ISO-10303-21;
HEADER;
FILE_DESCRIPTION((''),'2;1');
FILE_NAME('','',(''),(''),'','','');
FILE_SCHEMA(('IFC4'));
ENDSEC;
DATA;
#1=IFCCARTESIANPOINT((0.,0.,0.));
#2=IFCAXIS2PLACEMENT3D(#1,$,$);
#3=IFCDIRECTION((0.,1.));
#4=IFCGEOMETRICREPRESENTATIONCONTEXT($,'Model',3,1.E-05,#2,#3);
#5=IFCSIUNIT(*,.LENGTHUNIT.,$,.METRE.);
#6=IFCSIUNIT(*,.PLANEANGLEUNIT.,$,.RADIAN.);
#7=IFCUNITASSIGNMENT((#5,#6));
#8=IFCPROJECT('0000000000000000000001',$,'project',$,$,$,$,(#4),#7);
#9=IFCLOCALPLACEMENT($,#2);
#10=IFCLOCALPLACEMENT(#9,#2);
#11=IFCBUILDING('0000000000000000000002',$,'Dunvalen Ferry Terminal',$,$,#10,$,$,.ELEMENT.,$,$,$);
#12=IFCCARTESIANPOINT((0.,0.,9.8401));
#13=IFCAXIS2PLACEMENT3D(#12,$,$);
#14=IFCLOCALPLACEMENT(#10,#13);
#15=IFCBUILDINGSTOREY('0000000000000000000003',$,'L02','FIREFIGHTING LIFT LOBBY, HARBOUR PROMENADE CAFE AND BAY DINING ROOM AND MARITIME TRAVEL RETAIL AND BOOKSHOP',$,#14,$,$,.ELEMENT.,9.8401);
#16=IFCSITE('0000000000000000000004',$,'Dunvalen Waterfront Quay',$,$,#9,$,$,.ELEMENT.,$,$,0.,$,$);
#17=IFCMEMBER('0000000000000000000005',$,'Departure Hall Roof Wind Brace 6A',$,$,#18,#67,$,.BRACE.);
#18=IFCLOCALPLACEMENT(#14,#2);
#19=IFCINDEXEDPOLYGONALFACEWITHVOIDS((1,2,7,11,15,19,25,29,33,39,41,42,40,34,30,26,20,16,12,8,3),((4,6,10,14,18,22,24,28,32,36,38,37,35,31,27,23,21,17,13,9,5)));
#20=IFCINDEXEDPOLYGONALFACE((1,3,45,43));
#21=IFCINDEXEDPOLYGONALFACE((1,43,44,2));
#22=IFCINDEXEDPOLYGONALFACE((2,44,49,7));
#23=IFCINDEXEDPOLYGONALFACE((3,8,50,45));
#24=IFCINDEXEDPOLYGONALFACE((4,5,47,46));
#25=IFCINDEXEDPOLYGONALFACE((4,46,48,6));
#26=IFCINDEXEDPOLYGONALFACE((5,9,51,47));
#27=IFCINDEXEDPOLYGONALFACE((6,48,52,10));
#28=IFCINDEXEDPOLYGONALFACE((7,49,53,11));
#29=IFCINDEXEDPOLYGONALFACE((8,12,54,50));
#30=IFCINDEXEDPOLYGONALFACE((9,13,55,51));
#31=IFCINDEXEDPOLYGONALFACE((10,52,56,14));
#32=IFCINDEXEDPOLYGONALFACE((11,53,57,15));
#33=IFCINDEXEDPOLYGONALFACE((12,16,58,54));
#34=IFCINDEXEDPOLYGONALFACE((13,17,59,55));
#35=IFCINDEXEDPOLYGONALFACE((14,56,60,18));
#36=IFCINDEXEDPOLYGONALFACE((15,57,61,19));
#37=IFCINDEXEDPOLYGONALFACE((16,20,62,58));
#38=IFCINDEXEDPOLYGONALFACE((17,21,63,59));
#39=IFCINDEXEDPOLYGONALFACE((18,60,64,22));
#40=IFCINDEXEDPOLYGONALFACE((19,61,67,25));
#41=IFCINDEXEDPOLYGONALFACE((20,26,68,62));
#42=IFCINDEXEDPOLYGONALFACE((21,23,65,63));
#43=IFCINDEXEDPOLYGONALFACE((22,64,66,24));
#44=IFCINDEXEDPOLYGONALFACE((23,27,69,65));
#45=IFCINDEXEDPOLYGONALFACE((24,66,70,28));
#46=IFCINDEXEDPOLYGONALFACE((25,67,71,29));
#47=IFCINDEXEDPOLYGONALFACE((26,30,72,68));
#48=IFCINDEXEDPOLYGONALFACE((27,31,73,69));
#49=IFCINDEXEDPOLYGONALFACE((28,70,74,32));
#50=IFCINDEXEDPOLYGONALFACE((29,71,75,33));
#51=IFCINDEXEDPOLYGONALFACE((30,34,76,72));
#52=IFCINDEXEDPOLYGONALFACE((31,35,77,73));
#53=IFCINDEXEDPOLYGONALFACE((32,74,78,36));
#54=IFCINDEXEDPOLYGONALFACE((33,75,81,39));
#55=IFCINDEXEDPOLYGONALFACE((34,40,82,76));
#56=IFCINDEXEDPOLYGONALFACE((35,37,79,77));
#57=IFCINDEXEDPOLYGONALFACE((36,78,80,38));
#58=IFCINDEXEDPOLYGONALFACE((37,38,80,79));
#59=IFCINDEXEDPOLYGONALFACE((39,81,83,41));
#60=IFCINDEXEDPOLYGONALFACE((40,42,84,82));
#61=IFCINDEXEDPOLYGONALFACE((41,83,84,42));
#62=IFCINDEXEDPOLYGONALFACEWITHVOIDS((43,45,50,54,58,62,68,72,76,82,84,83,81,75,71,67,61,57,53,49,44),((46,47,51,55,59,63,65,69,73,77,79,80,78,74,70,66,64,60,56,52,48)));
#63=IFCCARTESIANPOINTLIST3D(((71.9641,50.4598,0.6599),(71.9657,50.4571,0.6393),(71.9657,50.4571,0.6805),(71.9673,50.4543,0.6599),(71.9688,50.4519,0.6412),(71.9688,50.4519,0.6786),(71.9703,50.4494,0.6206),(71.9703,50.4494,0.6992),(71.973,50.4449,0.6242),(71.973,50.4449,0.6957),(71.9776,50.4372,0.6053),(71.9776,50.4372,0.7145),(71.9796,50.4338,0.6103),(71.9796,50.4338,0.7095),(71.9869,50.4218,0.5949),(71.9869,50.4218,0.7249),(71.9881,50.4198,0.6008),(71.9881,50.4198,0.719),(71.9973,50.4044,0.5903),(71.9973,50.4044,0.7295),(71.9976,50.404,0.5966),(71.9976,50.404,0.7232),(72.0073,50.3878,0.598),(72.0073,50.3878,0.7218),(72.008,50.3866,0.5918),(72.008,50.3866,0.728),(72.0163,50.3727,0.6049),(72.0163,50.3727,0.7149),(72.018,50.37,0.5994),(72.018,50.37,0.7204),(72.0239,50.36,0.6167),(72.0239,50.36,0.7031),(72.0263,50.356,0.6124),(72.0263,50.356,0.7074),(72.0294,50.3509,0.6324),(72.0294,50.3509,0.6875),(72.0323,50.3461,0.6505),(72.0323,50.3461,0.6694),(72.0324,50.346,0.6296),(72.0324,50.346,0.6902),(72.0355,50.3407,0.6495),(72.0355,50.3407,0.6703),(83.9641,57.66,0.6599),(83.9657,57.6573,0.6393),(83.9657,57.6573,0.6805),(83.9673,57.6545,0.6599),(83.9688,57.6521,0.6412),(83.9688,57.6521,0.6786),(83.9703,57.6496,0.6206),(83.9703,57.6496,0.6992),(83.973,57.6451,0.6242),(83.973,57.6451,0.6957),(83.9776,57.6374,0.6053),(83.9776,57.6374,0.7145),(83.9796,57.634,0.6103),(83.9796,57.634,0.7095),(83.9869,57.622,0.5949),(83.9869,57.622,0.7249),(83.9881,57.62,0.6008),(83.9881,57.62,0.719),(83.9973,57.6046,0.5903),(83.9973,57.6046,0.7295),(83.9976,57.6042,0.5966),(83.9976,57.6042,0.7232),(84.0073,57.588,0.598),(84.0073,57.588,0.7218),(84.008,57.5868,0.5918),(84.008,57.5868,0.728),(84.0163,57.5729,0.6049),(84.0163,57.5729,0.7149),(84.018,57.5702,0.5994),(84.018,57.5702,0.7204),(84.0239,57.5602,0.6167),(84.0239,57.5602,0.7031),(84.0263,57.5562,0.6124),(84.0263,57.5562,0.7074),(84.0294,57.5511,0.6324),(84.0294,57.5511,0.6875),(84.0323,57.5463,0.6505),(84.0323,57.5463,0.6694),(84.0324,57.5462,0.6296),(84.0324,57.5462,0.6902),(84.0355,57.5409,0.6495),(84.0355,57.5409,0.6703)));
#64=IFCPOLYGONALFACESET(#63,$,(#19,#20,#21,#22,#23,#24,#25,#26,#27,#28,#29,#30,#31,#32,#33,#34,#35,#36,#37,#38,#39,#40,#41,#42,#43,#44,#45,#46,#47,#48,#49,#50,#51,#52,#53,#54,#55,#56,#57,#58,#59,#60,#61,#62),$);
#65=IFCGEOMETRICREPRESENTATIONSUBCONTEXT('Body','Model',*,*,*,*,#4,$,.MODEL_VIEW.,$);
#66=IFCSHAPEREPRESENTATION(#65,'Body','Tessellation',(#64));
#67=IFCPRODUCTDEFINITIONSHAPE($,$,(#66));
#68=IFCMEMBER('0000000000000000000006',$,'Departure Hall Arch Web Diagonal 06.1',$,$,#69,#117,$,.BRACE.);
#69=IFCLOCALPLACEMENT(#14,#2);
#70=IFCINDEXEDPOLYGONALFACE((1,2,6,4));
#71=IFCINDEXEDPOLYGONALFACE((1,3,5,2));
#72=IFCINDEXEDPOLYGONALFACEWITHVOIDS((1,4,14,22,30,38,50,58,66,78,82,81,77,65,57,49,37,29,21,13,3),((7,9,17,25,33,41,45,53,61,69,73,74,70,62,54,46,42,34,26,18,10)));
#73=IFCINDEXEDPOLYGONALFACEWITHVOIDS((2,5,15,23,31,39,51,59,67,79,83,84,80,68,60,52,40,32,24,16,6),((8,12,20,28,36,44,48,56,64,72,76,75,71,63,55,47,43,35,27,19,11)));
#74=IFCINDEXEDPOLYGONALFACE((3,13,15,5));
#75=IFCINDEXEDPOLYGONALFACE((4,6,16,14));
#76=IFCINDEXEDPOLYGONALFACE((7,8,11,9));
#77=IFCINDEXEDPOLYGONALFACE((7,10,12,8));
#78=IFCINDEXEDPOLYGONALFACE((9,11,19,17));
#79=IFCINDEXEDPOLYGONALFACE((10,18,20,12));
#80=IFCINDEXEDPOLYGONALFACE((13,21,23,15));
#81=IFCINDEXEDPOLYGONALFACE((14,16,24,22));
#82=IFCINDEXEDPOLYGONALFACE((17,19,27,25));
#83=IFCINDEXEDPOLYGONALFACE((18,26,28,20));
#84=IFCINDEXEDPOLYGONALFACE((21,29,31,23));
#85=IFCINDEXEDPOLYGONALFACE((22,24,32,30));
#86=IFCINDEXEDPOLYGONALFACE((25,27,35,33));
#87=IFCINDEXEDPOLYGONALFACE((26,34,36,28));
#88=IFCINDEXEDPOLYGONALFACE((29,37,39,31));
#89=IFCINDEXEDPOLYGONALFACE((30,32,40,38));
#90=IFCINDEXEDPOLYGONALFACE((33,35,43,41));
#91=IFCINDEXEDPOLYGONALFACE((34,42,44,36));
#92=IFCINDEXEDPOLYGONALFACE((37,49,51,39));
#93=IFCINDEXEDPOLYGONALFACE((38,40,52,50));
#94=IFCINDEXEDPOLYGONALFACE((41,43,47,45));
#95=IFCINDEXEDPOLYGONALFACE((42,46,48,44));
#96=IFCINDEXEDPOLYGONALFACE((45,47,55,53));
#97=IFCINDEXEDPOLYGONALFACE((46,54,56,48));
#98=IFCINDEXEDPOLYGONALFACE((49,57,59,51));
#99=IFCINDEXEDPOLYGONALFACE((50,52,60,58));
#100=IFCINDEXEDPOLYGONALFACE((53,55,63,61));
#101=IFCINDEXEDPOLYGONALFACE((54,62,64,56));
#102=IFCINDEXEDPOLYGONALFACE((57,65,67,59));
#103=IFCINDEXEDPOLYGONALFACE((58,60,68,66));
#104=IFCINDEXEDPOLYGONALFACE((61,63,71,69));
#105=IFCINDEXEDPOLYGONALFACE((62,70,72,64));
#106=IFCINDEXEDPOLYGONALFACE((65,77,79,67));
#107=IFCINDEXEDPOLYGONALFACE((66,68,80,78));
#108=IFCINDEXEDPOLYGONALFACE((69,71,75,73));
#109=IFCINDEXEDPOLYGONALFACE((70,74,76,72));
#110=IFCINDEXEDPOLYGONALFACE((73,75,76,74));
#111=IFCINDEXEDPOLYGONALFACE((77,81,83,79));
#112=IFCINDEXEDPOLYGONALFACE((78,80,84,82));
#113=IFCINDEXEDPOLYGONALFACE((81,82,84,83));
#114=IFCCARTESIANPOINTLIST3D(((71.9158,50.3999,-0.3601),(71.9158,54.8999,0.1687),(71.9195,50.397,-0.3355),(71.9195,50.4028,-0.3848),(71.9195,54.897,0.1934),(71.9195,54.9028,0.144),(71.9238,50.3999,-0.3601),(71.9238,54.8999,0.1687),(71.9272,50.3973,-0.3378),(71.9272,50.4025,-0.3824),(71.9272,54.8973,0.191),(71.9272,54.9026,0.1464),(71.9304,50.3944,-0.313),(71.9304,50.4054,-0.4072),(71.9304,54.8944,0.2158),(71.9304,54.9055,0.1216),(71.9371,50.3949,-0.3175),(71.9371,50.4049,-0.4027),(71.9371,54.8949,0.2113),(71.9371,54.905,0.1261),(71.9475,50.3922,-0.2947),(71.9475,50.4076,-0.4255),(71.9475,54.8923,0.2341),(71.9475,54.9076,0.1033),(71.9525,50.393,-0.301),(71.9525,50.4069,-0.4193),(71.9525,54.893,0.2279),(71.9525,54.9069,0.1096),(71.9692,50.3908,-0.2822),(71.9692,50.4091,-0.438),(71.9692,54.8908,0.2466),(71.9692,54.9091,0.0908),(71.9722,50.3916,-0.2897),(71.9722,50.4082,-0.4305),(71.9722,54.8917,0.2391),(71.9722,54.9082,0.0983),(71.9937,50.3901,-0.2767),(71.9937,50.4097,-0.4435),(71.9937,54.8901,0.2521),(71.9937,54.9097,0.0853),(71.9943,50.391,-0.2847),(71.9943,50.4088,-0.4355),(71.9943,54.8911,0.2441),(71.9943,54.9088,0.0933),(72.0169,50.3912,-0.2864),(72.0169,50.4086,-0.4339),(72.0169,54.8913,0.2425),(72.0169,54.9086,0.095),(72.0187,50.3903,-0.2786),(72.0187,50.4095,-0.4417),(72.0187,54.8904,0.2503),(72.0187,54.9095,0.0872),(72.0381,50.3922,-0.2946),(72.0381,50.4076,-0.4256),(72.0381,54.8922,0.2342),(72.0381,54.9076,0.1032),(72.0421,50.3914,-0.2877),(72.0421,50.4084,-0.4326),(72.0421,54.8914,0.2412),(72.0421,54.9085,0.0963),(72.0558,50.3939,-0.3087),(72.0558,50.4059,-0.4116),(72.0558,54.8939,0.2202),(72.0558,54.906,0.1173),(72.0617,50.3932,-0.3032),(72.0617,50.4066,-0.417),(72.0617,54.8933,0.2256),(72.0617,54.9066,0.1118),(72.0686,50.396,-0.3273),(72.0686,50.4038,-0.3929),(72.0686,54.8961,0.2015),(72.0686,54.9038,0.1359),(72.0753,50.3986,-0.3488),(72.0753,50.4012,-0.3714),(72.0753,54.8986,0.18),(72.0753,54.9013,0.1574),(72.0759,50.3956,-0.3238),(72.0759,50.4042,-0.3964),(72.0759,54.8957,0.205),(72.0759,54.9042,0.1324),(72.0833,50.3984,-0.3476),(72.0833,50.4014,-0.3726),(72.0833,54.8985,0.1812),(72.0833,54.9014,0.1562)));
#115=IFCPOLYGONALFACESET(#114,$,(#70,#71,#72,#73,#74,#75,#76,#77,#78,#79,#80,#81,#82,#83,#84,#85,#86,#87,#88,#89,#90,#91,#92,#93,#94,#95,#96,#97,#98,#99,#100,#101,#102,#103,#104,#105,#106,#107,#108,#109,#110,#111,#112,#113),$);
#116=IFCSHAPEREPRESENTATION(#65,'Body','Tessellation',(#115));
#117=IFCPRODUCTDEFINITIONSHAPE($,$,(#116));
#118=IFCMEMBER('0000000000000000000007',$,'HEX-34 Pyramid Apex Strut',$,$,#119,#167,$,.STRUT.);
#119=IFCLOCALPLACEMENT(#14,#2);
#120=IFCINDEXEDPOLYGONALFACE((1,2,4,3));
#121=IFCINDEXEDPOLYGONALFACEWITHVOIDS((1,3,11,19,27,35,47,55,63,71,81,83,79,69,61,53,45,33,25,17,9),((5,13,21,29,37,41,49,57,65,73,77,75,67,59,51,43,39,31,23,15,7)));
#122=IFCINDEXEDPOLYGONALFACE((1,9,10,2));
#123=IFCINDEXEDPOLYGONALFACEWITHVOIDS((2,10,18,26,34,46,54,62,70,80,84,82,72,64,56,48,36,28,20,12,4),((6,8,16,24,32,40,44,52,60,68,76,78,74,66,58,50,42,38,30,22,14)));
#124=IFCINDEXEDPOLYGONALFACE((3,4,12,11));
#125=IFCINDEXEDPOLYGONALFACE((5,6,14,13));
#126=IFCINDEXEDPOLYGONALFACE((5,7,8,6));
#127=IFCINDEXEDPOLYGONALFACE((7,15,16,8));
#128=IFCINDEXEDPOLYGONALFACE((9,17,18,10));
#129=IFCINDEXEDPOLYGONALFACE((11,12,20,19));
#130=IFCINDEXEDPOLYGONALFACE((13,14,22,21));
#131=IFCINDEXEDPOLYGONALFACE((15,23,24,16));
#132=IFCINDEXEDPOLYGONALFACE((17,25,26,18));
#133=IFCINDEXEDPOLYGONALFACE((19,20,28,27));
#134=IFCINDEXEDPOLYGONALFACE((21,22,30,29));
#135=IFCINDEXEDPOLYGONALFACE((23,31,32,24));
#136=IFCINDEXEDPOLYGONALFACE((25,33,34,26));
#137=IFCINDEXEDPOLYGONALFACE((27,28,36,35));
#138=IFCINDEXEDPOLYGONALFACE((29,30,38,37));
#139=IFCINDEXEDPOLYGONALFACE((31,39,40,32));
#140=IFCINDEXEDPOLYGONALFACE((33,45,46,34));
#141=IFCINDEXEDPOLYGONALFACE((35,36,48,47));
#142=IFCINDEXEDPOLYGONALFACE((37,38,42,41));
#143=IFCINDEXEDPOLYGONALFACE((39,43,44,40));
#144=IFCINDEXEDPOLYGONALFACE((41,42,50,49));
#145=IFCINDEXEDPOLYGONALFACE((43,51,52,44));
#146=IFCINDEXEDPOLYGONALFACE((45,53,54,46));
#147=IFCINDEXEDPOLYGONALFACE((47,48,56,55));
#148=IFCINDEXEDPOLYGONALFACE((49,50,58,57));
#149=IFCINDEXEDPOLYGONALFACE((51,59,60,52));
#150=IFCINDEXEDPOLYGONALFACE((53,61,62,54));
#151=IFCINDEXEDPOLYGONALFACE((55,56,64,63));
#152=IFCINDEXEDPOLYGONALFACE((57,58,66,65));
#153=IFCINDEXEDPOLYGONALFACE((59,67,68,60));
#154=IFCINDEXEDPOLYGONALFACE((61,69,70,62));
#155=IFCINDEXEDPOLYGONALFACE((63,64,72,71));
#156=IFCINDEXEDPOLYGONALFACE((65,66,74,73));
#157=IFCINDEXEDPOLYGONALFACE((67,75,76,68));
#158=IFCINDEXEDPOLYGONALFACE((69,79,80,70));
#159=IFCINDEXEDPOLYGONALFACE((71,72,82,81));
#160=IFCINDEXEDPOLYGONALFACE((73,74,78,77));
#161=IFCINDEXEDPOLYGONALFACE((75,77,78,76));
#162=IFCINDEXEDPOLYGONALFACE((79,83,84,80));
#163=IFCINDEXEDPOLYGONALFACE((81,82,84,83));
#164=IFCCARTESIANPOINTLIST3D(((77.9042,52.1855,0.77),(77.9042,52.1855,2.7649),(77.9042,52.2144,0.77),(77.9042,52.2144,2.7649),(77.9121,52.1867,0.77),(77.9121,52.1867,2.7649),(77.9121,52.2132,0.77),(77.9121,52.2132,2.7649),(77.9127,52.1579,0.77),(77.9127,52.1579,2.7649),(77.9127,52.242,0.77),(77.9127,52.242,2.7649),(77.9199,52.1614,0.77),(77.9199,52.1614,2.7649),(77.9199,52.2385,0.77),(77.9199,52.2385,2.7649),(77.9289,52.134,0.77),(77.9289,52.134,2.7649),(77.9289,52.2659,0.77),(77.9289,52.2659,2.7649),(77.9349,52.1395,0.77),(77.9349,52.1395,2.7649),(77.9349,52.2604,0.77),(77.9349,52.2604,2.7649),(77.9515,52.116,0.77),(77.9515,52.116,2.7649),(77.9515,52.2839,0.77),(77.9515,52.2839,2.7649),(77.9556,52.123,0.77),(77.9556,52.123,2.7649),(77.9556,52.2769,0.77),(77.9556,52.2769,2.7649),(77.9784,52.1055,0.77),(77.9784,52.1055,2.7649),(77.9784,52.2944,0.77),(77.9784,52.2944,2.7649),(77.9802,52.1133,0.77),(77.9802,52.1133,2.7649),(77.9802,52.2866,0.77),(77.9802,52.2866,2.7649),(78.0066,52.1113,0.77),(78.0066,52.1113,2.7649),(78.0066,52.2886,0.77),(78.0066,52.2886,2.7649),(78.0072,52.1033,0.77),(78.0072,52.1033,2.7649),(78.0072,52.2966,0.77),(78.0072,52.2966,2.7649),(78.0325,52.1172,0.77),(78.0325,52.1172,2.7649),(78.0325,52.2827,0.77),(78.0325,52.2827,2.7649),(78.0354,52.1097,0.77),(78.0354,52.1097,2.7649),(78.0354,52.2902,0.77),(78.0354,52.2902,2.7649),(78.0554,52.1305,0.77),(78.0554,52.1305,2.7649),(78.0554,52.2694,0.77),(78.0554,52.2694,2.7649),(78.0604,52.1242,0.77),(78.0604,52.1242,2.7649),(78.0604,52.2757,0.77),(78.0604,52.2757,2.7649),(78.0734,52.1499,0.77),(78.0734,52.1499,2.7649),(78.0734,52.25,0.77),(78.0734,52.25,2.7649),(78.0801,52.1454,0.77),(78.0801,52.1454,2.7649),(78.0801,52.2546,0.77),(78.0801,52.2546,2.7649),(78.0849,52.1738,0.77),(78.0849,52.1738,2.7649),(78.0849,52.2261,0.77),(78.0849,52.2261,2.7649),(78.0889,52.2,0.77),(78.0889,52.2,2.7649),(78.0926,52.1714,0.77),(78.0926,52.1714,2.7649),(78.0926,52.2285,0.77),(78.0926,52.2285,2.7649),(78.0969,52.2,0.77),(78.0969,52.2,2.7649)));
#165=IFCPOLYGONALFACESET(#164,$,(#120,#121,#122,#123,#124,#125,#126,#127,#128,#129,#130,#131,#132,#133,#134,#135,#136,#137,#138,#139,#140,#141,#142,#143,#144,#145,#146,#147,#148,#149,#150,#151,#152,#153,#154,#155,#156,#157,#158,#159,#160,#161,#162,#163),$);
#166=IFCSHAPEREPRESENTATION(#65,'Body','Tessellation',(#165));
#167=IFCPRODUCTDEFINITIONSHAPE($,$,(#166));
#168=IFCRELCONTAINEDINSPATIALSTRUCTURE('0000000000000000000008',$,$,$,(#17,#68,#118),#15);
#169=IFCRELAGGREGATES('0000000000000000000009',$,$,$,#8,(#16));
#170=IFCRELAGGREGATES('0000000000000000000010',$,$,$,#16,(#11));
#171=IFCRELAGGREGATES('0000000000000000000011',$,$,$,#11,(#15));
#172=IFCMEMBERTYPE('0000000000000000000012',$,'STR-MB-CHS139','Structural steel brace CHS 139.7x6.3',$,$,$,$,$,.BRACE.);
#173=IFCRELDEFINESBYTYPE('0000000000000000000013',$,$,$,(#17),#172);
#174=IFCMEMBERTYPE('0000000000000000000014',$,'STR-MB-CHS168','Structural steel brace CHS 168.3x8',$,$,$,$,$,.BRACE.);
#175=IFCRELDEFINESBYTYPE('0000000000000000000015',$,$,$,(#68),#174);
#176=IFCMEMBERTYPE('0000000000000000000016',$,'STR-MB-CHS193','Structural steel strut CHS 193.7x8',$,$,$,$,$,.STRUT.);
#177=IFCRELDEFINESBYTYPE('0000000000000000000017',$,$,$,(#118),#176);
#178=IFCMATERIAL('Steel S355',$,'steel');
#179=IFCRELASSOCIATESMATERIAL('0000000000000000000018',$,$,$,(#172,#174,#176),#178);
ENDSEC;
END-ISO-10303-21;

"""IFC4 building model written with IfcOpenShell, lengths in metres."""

from ifc_helpers import new_model, si_unit, direction, frame, origin, origin_2d, place, context, subcontext, project, spatial, hollow_circle, extrude, material, material_profile, profile_set, type_object, element, save


model = new_model("IFC4")

# Units and contexts
model_context = context("Model", 3, precision=1e-05, world=origin(), true_north=direction((0.0, 1.0)))
body_context = subcontext(model_context, "Body", "Model", "MODEL_VIEW")
ifc_project = project(units=[si_unit("LENGTHUNIT", "METRE"), si_unit("PLANEANGLEUNIT", "RADIAN")], contexts=[model_context])

# Site, building, storey
site_placement = place(None, origin())
site = spatial("IfcSite", under=ifc_project, at=site_placement, Name="Dunvalen Waterfront Quay", CompositionType="ELEMENT", RefElevation=0.0)
building_placement = place(site_placement, origin())
building = spatial("IfcBuilding", under=site, at=building_placement, Name="Dunvalen Ferry Terminal", CompositionType="ELEMENT")
storey_placement = place(building_placement, frame((0.0, 0.0, 9.8401)))
storey = spatial("IfcBuildingStorey", under=building, at=storey_placement, Name="L02", Description="FIREFIGHTING LIFT LOBBY, HARBOUR PROMENADE CAFE AND BAY DINING ROOM AND MARITIME TRAVEL RETAIL AND BOOKSHOP", CompositionType="ELEMENT", Elevation=9.8401)

# Shared definitions
ifc_material_1 = material(Name="Steel S355", Category="steel")

# Members
ifc_material_profile_1 = material_profile(ifc_material_1, hollow_circle(Radius=0.0698, WallThickness=0.0063, at=origin_2d()), Name="Steel S355")
ifc_profile_set_1 = profile_set([ifc_material_profile_1], Name="Steel S355")
member_type_1 = type_object("IfcMemberType", Name="STR-MB-CHS139", Description="Structural steel brace CHS 139.7x6.3", PredefinedType="BRACE", material=ifc_profile_set_1)
member_1_placement = place(storey_placement, frame((72.0, 50.3999, 0.6599), z_axis=(0.857487, 0.514506, 0.0), x_axis=(-0.514506, 0.857487, 0.0)))
element("IfcMember", 1, at=member_1_placement, inside=storey, type_object=member_type_1, Name="Departure Hall Roof Wind Brace 6A", PredefinedType="BRACE", context=body_context, shape_type="SweptSolid", body=[
    extrude(hollow_circle(Radius=0.0698, WallThickness=0.0063, at=origin_2d()), origin(), (0.0, 0.0, 1.0), 13.9944),
])
ifc_material_profile_2 = material_profile(ifc_material_1, hollow_circle(Radius=0.0842, WallThickness=0.0081, at=origin_2d()), Name="Steel S355")
ifc_profile_set_2 = profile_set([ifc_material_profile_2], Name="Steel S355")
member_type_2 = type_object("IfcMemberType", Name="STR-MB-CHS168", Description="Structural steel brace CHS 168.3x8", PredefinedType="BRACE", material=ifc_profile_set_2)
member_2_placement = place(storey_placement, frame((72.0, 50.3999, -0.3601), z_axis=(0.0, 0.993166, 0.11671), x_axis=(-1.0, 0.0, 0.0)))
element("IfcMember", 2, at=member_2_placement, inside=storey, type_object=member_type_2, Name="Departure Hall Arch Web Diagonal 06.1", PredefinedType="BRACE", context=body_context, shape_type="SweptSolid", body=[
    extrude(hollow_circle(Radius=0.0842, WallThickness=0.0081, at=origin_2d()), origin(), (0.0, 0.0, 1.0), 4.531),
])
ifc_material_profile_3 = material_profile(ifc_material_1, hollow_circle(Radius=0.0969, WallThickness=0.0081, at=origin_2d()), Name="Steel S355")
ifc_profile_set_3 = profile_set([ifc_material_profile_3], Name="Steel S355")
member_type_3 = type_object("IfcMemberType", Name="STR-MB-CHS193", Description="Structural steel strut CHS 193.7x8", PredefinedType="STRUT", material=ifc_profile_set_3)
member_3_placement = place(storey_placement, frame((78.0, 52.2, 0.77), z_axis=(0.0, 0.0, 1.0), x_axis=(1.0, 0.0, 0.0)))
element("IfcMember", 3, at=member_3_placement, inside=storey, type_object=member_type_3, Name="HEX-34 Pyramid Apex Strut", PredefinedType="STRUT", context=body_context, shape_type="SweptSolid", body=[
    extrude(hollow_circle(Radius=0.0969, WallThickness=0.0081, at=origin_2d()), origin(), (0.0, 0.0, 1.0), 1.9949),
])

save(model, "model.ifc")
